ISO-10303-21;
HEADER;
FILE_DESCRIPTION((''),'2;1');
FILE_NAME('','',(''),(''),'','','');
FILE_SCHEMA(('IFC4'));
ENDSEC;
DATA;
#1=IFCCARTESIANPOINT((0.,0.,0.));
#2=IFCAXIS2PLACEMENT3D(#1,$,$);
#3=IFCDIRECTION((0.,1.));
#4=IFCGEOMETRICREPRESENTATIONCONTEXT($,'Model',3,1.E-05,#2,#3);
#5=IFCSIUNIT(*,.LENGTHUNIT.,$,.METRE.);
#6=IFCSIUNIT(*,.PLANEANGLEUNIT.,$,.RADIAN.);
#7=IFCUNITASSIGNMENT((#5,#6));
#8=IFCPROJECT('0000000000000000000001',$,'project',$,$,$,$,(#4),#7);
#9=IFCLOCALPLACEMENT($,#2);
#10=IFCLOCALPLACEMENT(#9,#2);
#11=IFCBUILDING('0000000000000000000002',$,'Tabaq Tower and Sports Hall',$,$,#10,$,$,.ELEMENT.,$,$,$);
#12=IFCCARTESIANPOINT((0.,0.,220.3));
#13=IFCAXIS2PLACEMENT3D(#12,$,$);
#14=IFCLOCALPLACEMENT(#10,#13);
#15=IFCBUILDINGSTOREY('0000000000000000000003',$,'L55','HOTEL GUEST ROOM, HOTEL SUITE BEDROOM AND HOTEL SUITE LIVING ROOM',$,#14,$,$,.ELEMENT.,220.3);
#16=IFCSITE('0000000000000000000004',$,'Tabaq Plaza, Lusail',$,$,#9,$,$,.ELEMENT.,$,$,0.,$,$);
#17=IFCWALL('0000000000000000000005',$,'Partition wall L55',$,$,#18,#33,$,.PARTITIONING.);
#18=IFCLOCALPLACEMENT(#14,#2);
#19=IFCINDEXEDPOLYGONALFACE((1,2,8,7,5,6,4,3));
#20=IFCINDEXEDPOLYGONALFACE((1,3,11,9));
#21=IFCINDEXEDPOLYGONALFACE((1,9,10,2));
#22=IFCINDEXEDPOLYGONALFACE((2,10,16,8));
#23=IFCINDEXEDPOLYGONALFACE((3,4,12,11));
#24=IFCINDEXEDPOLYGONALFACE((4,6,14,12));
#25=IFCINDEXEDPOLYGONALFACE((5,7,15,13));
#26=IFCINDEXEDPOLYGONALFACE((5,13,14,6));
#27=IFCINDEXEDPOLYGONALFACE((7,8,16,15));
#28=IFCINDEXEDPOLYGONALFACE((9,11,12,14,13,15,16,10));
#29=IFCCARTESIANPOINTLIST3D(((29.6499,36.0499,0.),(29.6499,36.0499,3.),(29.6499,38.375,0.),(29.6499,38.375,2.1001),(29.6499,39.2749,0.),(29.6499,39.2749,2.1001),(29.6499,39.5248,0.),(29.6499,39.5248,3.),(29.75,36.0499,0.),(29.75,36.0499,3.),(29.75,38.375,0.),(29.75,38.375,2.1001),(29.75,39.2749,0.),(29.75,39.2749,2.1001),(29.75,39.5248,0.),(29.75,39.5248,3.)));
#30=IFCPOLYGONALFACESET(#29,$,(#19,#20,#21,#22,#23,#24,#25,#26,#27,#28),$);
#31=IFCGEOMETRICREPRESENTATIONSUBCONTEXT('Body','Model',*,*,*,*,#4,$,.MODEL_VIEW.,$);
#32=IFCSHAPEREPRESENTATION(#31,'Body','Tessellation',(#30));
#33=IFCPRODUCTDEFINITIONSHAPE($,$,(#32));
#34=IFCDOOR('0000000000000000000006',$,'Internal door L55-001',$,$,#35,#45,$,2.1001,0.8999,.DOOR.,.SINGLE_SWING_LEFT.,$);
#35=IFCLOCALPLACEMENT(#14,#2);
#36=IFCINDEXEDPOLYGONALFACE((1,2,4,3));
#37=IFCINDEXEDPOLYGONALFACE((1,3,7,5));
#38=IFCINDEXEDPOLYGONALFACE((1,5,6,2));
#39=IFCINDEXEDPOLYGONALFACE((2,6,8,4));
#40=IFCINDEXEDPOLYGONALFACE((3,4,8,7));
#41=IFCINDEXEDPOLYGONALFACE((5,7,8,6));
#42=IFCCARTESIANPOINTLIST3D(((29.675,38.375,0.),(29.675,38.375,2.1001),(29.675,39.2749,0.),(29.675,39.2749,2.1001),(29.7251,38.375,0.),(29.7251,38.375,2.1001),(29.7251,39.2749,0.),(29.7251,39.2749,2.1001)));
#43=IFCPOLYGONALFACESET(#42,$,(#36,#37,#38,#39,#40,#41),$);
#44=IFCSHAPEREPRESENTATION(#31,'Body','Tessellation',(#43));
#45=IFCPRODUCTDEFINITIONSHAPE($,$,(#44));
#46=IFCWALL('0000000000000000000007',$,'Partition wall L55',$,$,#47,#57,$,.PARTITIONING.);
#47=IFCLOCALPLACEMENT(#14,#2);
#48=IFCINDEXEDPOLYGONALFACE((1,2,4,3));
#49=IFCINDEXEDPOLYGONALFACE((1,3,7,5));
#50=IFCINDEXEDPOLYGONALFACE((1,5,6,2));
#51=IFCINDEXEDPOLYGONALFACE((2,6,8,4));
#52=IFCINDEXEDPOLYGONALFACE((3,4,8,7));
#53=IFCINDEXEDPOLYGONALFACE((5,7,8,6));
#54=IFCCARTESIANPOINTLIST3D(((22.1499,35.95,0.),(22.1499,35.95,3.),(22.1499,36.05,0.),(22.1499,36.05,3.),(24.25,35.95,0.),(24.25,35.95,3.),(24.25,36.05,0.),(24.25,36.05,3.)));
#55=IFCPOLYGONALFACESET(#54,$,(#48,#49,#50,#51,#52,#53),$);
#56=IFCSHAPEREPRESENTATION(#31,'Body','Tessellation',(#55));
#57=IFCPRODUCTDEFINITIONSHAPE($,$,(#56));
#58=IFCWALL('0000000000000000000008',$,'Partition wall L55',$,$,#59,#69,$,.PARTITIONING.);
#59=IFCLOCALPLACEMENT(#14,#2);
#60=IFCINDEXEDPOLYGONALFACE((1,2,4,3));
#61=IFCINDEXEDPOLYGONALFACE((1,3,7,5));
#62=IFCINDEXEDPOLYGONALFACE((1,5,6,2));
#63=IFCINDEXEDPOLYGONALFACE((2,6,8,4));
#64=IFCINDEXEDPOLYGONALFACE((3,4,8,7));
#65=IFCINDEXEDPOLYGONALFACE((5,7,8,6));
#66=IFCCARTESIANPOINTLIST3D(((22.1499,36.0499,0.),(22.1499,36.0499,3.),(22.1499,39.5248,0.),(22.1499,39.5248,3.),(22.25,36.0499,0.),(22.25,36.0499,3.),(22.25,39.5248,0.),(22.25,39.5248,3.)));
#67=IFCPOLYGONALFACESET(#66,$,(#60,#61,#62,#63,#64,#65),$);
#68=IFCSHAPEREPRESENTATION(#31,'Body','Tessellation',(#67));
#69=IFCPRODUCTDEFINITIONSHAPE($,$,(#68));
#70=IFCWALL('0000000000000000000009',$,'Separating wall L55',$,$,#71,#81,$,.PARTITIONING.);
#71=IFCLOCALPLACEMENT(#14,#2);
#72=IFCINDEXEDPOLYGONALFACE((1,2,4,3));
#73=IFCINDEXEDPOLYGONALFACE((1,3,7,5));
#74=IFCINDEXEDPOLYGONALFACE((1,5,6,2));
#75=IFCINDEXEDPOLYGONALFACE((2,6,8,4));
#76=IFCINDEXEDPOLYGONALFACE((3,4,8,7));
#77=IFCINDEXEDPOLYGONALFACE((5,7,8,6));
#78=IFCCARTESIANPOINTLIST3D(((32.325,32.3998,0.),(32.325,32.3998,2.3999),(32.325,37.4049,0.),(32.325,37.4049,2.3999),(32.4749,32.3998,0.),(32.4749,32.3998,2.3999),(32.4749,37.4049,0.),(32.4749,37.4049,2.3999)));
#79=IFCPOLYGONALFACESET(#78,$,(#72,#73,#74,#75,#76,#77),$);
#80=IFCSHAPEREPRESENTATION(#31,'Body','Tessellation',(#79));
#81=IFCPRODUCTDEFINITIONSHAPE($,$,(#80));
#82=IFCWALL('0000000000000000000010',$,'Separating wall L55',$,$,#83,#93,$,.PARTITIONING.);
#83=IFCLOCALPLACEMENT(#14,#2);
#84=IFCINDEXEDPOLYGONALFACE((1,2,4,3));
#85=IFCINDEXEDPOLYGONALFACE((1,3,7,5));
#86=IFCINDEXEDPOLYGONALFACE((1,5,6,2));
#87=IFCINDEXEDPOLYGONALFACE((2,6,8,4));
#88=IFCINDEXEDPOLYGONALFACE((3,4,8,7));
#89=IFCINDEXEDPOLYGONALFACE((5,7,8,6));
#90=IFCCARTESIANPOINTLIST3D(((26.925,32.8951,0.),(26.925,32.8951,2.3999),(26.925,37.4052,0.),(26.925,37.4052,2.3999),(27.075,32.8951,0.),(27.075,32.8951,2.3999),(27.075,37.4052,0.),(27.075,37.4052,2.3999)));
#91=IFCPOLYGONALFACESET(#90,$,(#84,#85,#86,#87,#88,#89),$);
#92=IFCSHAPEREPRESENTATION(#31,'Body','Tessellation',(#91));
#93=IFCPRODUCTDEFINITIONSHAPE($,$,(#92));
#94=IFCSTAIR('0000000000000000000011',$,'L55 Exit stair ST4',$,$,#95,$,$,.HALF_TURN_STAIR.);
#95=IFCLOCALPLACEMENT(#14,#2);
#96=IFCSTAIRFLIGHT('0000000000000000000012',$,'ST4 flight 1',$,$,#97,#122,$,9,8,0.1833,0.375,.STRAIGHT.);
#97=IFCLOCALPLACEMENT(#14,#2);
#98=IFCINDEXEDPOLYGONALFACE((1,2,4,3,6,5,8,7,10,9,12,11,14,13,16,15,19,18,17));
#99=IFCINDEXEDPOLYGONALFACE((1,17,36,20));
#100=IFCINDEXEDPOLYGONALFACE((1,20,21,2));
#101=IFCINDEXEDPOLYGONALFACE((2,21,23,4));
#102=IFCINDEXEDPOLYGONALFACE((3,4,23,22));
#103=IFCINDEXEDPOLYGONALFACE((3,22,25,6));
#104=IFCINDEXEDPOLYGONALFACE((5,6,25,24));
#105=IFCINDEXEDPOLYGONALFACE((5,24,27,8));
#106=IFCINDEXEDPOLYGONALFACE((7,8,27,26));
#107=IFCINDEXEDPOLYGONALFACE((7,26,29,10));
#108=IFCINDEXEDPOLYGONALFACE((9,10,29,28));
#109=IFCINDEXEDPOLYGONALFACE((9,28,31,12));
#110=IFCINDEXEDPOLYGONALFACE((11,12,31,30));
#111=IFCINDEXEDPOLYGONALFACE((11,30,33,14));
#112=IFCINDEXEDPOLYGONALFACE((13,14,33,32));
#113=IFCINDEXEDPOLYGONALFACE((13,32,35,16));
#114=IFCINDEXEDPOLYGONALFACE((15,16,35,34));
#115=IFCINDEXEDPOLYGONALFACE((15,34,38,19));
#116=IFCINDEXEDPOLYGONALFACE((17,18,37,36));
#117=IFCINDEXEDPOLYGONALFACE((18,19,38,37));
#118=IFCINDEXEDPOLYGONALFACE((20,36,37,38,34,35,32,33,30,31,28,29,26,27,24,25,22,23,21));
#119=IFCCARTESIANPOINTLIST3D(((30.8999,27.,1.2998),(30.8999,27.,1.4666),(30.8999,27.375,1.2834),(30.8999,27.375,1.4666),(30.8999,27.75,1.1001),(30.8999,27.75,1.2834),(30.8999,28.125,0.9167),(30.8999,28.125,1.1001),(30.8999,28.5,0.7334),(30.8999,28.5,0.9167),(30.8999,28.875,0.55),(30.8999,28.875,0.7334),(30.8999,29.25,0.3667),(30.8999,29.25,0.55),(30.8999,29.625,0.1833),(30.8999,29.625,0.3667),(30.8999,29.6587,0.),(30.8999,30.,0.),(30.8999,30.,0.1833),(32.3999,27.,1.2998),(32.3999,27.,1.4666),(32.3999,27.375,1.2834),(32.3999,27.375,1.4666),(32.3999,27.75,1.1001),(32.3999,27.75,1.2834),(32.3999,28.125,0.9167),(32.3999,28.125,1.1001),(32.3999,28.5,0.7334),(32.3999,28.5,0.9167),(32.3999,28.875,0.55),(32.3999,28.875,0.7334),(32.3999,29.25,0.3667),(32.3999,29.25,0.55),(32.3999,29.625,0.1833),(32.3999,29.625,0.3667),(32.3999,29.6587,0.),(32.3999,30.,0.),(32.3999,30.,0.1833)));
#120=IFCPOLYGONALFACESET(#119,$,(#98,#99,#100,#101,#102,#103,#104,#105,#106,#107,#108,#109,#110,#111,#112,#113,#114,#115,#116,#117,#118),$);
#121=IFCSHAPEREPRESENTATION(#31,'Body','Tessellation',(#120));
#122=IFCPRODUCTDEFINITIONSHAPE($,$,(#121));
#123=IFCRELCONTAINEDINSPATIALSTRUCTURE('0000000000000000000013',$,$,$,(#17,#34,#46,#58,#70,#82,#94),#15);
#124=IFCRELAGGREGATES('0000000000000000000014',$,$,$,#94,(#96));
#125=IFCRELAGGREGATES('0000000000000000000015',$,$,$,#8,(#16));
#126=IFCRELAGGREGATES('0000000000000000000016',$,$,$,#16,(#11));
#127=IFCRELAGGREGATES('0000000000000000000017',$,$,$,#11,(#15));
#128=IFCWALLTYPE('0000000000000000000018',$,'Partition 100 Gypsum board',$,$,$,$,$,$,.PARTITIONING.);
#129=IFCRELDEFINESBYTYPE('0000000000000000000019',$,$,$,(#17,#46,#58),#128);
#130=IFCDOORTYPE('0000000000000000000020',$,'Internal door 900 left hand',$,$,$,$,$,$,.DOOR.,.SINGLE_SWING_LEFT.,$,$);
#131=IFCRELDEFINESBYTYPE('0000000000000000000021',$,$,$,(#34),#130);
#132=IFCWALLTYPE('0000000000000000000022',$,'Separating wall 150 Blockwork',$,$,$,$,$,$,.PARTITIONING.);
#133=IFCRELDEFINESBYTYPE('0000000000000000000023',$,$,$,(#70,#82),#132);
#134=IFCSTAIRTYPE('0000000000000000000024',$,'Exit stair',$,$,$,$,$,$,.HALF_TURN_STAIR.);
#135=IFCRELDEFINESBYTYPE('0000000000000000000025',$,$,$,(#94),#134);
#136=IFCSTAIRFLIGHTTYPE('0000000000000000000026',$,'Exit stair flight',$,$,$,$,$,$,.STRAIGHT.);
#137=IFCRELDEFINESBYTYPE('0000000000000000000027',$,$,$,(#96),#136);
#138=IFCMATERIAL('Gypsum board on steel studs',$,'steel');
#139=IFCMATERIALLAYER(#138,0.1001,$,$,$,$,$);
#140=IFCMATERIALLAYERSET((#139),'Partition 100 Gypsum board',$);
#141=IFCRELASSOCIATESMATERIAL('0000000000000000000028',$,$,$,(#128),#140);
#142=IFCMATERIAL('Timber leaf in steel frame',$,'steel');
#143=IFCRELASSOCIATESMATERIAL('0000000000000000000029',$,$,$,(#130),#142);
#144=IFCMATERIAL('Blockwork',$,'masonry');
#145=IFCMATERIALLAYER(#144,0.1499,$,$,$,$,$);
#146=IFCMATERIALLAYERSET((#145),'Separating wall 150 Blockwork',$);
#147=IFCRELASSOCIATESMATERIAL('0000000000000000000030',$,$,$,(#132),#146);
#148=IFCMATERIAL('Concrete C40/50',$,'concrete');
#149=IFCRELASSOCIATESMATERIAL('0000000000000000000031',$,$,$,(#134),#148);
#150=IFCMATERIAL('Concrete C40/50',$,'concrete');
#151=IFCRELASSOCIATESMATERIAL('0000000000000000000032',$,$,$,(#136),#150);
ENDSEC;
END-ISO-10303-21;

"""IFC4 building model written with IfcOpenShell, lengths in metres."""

from ifc_helpers import new_model, si_unit, direction, frame, frame_2d, origin, place, context, subcontext, project, spatial, polyline, rectangle, outline, extrude, material, layer, layer_set, type_object, element, fill, aggregate, save


model = new_model("IFC4")

# Units and contexts
model_context = context("Model", 3, precision=1e-05, world=origin(), true_north=direction((0.0, 1.0)))
body_context = subcontext(model_context, "Body", "Model", "MODEL_VIEW")
ifc_project = project(units=[si_unit("LENGTHUNIT", "METRE"), si_unit("PLANEANGLEUNIT", "RADIAN")], contexts=[model_context])

# Site, building, storey
site_placement = place(None, origin())
site = spatial("IfcSite", under=ifc_project, at=site_placement, Name="Tabaq Plaza, Lusail", CompositionType="ELEMENT", RefElevation=0.0)
building_placement = place(site_placement, origin())
building = spatial("IfcBuilding", under=site, at=building_placement, Name="Tabaq Tower and Sports Hall", CompositionType="ELEMENT")
storey_placement = place(building_placement, frame((0.0, 0.0, 220.3)))
storey = spatial("IfcBuildingStorey", under=building, at=storey_placement, Name="L55", Description="HOTEL GUEST ROOM, HOTEL SUITE BEDROOM AND HOTEL SUITE LIVING ROOM", CompositionType="ELEMENT", Elevation=220.3)

# Shared definitions
ifc_material_1 = material(Name="Gypsum board on steel studs", Category="steel")
ifc_layer_1 = layer(ifc_material_1, 0.1001)
ifc_layer_set_1 = layer_set([ifc_layer_1], Name="Partition 100 Gypsum board")
wall_type_1 = type_object("IfcWallType", Name="Partition 100 Gypsum board", PredefinedType="PARTITIONING", material=ifc_layer_set_1)

# Wall, opening, door
wall_1_placement = place(storey_placement, frame((29.7, 36.05, 0.0), z_axis=(0.0, 0.0, 1.0), x_axis=(0.0, 1.0, 0.0)))
wall_1 = element("IfcWall", 1, at=wall_1_placement, inside=storey, type_object=wall_type_1, Name="Partition wall L55", PredefinedType="PARTITIONING", context=body_context, shape_type="SweptSolid", body=[
    extrude(rectangle(XDim=3.4749, YDim=0.1001, at=frame_2d((1.7373, 0.0))), origin(), (0.0, 0.0, 1.0), 3.0),
])
opening_1_placement = place(wall_1_placement, frame((2.325, 0.0, 0.0)))
opening_1 = element("IfcOpeningElement", 2, at=opening_1_placement, cuts=wall_1, PredefinedType="OPENING", context=body_context, shape_type="SweptSolid", body=[
    extrude(rectangle(XDim=0.8999, YDim=2.1001, at=frame_2d((0.45, 1.05))), frame((0.0, 0.05, 0.0), z_axis=(0.0, -1.0, 0.0), x_axis=(1.0, 0.0, 0.0)), (0.0, 0.0, 1.0), 0.1001),
])
ifc_material_2 = material(Name="Timber leaf in steel frame", Category="steel")
door_type_1 = type_object("IfcDoorType", Name="Internal door 900 left hand", OperationType="SINGLE_SWING_LEFT", PredefinedType="DOOR", material=ifc_material_2)
door_1_placement = place(opening_1_placement, origin())
door_1 = element("IfcDoor", 3, at=door_1_placement, inside=storey, type_object=door_type_1, Name="Internal door L55-001", OperationType="SINGLE_SWING_LEFT", OverallHeight=2.1001, OverallWidth=0.8999, PredefinedType="DOOR", context=body_context, shape_type="SweptSolid", body=[
    extrude(rectangle(XDim=0.8999, YDim=2.1001, at=frame_2d((0.45, 1.05))), frame((0.0, 0.0249, 0.0), z_axis=(0.0, -1.0, 0.0), x_axis=(1.0, 0.0, 0.0)), (0.0, 0.0, 1.0), 0.05),
])
fill(opening_1, door_1)

# Walls
wall_2_placement = place(storey_placement, frame((24.25, 36.0, 0.0), z_axis=(0.0, 0.0, 1.0), x_axis=(-1.0, 0.0, 0.0)))
element("IfcWall", 4, at=wall_2_placement, inside=storey, type_object=wall_type_1, Name="Partition wall L55", PredefinedType="PARTITIONING", context=body_context, shape_type="SweptSolid", body=[
    extrude(rectangle(XDim=2.1001, YDim=0.1001, at=frame_2d((1.05, 0.0))), origin(), (0.0, 0.0, 1.0), 3.0),
])
wall_3_placement = place(storey_placement, frame((22.2, 36.05, 0.0), z_axis=(0.0, 0.0, 1.0), x_axis=(0.0, 1.0, 0.0)))
element("IfcWall", 5, at=wall_3_placement, inside=storey, type_object=wall_type_1, Name="Partition wall L55", PredefinedType="PARTITIONING", context=body_context, shape_type="SweptSolid", body=[
    extrude(rectangle(XDim=3.4749, YDim=0.1001, at=frame_2d((1.7373, 0.0))), origin(), (0.0, 0.0, 1.0), 3.0),
])
ifc_material_3 = material(Name="Blockwork", Category="masonry")
ifc_layer_2 = layer(ifc_material_3, 0.1499)
ifc_layer_set_2 = layer_set([ifc_layer_2], Name="Separating wall 150 Blockwork")
wall_type_2 = type_object("IfcWallType", Name="Separating wall 150 Blockwork", PredefinedType="PARTITIONING", material=ifc_layer_set_2)
wall_4_placement = place(storey_placement, frame((32.3999, 32.3999, 0.0), z_axis=(0.0, 0.0, 1.0), x_axis=(0.0, 1.0, 0.0)))
element("IfcWall", 6, at=wall_4_placement, inside=storey, type_object=wall_type_2, Name="Separating wall L55", PredefinedType="PARTITIONING", context=body_context, shape_type="SweptSolid", body=[
    extrude(rectangle(XDim=5.0051, YDim=0.1499, at=frame_2d((2.5024, 0.0))), origin(), (0.0, 0.0, 1.0), 2.3999),
])
wall_5_placement = place(storey_placement, frame((27.0, 37.405, 0.0), z_axis=(0.0, 0.0, 1.0), x_axis=(0.0, -1.0, 0.0)))
element("IfcWall", 7, at=wall_5_placement, inside=storey, type_object=wall_type_2, Name="Separating wall L55", PredefinedType="PARTITIONING", context=body_context, shape_type="SweptSolid", body=[
    extrude(rectangle(XDim=4.51, YDim=0.1499, at=frame_2d((2.2549, 0.0))), origin(), (0.0, 0.0, 1.0), 2.3999),
])

# Stair, stair flight
ifc_material_4 = material(Name="Concrete C40/50", Category="concrete")
stair_type = type_object("IfcStairType", Name="Exit stair", PredefinedType="HALF_TURN_STAIR", material=ifc_material_4)
stair_placement = place(storey_placement, origin())
stair = element("IfcStair", 8, at=stair_placement, inside=storey, type_object=stair_type, Name="L55 Exit stair ST4", PredefinedType="HALF_TURN_STAIR")
ifc_material_5 = material(Name="Concrete C40/50", Category="concrete")
stair_flight_type = type_object("IfcStairFlightType", Name="Exit stair flight", PredefinedType="STRAIGHT", material=ifc_material_5)
stair_flight_placement = place(storey_placement, frame((31.6499, 30.0, 0.0), z_axis=(0.0, 0.0, 1.0), x_axis=(0.0, -1.0, 0.0)))
stair_flight = element("IfcStairFlight", 9, at=stair_flight_placement, type_object=stair_flight_type, Name="ST4 flight 1", NumberOfRisers=9, NumberOfTreads=8, PredefinedType="STRAIGHT", RiserHeight=0.1833, TreadLength=0.375, context=body_context, shape_type="SweptSolid", body=[
    extrude(outline(polyline([(0.0, 0.0), (0.0, 0.1833), (0.375, 0.1833), (0.375, 0.3667), (0.75, 0.3667), (0.75, 0.55), (1.125, 0.55), (1.125, 0.7334), (1.5, 0.7334), (1.5, 0.9167), (1.875, 0.9167), (1.875, 1.1001), (2.25, 1.1001), (2.25, 1.2834), (2.625, 1.2834), (2.625, 1.4666), (3.0, 1.4666), (3.0, 1.6499), (3.0, 1.2998), (0.3413, 0.0), (0.0, 0.0)])), frame((0.0, 0.75, 0.0), z_axis=(0.0, -1.0, 0.0), x_axis=(1.0, 0.0, 0.0)), (0.0, 0.0, 1.0), 1.5),
])
aggregate(stair, [stair_flight])

save(model, "model.ifc")
